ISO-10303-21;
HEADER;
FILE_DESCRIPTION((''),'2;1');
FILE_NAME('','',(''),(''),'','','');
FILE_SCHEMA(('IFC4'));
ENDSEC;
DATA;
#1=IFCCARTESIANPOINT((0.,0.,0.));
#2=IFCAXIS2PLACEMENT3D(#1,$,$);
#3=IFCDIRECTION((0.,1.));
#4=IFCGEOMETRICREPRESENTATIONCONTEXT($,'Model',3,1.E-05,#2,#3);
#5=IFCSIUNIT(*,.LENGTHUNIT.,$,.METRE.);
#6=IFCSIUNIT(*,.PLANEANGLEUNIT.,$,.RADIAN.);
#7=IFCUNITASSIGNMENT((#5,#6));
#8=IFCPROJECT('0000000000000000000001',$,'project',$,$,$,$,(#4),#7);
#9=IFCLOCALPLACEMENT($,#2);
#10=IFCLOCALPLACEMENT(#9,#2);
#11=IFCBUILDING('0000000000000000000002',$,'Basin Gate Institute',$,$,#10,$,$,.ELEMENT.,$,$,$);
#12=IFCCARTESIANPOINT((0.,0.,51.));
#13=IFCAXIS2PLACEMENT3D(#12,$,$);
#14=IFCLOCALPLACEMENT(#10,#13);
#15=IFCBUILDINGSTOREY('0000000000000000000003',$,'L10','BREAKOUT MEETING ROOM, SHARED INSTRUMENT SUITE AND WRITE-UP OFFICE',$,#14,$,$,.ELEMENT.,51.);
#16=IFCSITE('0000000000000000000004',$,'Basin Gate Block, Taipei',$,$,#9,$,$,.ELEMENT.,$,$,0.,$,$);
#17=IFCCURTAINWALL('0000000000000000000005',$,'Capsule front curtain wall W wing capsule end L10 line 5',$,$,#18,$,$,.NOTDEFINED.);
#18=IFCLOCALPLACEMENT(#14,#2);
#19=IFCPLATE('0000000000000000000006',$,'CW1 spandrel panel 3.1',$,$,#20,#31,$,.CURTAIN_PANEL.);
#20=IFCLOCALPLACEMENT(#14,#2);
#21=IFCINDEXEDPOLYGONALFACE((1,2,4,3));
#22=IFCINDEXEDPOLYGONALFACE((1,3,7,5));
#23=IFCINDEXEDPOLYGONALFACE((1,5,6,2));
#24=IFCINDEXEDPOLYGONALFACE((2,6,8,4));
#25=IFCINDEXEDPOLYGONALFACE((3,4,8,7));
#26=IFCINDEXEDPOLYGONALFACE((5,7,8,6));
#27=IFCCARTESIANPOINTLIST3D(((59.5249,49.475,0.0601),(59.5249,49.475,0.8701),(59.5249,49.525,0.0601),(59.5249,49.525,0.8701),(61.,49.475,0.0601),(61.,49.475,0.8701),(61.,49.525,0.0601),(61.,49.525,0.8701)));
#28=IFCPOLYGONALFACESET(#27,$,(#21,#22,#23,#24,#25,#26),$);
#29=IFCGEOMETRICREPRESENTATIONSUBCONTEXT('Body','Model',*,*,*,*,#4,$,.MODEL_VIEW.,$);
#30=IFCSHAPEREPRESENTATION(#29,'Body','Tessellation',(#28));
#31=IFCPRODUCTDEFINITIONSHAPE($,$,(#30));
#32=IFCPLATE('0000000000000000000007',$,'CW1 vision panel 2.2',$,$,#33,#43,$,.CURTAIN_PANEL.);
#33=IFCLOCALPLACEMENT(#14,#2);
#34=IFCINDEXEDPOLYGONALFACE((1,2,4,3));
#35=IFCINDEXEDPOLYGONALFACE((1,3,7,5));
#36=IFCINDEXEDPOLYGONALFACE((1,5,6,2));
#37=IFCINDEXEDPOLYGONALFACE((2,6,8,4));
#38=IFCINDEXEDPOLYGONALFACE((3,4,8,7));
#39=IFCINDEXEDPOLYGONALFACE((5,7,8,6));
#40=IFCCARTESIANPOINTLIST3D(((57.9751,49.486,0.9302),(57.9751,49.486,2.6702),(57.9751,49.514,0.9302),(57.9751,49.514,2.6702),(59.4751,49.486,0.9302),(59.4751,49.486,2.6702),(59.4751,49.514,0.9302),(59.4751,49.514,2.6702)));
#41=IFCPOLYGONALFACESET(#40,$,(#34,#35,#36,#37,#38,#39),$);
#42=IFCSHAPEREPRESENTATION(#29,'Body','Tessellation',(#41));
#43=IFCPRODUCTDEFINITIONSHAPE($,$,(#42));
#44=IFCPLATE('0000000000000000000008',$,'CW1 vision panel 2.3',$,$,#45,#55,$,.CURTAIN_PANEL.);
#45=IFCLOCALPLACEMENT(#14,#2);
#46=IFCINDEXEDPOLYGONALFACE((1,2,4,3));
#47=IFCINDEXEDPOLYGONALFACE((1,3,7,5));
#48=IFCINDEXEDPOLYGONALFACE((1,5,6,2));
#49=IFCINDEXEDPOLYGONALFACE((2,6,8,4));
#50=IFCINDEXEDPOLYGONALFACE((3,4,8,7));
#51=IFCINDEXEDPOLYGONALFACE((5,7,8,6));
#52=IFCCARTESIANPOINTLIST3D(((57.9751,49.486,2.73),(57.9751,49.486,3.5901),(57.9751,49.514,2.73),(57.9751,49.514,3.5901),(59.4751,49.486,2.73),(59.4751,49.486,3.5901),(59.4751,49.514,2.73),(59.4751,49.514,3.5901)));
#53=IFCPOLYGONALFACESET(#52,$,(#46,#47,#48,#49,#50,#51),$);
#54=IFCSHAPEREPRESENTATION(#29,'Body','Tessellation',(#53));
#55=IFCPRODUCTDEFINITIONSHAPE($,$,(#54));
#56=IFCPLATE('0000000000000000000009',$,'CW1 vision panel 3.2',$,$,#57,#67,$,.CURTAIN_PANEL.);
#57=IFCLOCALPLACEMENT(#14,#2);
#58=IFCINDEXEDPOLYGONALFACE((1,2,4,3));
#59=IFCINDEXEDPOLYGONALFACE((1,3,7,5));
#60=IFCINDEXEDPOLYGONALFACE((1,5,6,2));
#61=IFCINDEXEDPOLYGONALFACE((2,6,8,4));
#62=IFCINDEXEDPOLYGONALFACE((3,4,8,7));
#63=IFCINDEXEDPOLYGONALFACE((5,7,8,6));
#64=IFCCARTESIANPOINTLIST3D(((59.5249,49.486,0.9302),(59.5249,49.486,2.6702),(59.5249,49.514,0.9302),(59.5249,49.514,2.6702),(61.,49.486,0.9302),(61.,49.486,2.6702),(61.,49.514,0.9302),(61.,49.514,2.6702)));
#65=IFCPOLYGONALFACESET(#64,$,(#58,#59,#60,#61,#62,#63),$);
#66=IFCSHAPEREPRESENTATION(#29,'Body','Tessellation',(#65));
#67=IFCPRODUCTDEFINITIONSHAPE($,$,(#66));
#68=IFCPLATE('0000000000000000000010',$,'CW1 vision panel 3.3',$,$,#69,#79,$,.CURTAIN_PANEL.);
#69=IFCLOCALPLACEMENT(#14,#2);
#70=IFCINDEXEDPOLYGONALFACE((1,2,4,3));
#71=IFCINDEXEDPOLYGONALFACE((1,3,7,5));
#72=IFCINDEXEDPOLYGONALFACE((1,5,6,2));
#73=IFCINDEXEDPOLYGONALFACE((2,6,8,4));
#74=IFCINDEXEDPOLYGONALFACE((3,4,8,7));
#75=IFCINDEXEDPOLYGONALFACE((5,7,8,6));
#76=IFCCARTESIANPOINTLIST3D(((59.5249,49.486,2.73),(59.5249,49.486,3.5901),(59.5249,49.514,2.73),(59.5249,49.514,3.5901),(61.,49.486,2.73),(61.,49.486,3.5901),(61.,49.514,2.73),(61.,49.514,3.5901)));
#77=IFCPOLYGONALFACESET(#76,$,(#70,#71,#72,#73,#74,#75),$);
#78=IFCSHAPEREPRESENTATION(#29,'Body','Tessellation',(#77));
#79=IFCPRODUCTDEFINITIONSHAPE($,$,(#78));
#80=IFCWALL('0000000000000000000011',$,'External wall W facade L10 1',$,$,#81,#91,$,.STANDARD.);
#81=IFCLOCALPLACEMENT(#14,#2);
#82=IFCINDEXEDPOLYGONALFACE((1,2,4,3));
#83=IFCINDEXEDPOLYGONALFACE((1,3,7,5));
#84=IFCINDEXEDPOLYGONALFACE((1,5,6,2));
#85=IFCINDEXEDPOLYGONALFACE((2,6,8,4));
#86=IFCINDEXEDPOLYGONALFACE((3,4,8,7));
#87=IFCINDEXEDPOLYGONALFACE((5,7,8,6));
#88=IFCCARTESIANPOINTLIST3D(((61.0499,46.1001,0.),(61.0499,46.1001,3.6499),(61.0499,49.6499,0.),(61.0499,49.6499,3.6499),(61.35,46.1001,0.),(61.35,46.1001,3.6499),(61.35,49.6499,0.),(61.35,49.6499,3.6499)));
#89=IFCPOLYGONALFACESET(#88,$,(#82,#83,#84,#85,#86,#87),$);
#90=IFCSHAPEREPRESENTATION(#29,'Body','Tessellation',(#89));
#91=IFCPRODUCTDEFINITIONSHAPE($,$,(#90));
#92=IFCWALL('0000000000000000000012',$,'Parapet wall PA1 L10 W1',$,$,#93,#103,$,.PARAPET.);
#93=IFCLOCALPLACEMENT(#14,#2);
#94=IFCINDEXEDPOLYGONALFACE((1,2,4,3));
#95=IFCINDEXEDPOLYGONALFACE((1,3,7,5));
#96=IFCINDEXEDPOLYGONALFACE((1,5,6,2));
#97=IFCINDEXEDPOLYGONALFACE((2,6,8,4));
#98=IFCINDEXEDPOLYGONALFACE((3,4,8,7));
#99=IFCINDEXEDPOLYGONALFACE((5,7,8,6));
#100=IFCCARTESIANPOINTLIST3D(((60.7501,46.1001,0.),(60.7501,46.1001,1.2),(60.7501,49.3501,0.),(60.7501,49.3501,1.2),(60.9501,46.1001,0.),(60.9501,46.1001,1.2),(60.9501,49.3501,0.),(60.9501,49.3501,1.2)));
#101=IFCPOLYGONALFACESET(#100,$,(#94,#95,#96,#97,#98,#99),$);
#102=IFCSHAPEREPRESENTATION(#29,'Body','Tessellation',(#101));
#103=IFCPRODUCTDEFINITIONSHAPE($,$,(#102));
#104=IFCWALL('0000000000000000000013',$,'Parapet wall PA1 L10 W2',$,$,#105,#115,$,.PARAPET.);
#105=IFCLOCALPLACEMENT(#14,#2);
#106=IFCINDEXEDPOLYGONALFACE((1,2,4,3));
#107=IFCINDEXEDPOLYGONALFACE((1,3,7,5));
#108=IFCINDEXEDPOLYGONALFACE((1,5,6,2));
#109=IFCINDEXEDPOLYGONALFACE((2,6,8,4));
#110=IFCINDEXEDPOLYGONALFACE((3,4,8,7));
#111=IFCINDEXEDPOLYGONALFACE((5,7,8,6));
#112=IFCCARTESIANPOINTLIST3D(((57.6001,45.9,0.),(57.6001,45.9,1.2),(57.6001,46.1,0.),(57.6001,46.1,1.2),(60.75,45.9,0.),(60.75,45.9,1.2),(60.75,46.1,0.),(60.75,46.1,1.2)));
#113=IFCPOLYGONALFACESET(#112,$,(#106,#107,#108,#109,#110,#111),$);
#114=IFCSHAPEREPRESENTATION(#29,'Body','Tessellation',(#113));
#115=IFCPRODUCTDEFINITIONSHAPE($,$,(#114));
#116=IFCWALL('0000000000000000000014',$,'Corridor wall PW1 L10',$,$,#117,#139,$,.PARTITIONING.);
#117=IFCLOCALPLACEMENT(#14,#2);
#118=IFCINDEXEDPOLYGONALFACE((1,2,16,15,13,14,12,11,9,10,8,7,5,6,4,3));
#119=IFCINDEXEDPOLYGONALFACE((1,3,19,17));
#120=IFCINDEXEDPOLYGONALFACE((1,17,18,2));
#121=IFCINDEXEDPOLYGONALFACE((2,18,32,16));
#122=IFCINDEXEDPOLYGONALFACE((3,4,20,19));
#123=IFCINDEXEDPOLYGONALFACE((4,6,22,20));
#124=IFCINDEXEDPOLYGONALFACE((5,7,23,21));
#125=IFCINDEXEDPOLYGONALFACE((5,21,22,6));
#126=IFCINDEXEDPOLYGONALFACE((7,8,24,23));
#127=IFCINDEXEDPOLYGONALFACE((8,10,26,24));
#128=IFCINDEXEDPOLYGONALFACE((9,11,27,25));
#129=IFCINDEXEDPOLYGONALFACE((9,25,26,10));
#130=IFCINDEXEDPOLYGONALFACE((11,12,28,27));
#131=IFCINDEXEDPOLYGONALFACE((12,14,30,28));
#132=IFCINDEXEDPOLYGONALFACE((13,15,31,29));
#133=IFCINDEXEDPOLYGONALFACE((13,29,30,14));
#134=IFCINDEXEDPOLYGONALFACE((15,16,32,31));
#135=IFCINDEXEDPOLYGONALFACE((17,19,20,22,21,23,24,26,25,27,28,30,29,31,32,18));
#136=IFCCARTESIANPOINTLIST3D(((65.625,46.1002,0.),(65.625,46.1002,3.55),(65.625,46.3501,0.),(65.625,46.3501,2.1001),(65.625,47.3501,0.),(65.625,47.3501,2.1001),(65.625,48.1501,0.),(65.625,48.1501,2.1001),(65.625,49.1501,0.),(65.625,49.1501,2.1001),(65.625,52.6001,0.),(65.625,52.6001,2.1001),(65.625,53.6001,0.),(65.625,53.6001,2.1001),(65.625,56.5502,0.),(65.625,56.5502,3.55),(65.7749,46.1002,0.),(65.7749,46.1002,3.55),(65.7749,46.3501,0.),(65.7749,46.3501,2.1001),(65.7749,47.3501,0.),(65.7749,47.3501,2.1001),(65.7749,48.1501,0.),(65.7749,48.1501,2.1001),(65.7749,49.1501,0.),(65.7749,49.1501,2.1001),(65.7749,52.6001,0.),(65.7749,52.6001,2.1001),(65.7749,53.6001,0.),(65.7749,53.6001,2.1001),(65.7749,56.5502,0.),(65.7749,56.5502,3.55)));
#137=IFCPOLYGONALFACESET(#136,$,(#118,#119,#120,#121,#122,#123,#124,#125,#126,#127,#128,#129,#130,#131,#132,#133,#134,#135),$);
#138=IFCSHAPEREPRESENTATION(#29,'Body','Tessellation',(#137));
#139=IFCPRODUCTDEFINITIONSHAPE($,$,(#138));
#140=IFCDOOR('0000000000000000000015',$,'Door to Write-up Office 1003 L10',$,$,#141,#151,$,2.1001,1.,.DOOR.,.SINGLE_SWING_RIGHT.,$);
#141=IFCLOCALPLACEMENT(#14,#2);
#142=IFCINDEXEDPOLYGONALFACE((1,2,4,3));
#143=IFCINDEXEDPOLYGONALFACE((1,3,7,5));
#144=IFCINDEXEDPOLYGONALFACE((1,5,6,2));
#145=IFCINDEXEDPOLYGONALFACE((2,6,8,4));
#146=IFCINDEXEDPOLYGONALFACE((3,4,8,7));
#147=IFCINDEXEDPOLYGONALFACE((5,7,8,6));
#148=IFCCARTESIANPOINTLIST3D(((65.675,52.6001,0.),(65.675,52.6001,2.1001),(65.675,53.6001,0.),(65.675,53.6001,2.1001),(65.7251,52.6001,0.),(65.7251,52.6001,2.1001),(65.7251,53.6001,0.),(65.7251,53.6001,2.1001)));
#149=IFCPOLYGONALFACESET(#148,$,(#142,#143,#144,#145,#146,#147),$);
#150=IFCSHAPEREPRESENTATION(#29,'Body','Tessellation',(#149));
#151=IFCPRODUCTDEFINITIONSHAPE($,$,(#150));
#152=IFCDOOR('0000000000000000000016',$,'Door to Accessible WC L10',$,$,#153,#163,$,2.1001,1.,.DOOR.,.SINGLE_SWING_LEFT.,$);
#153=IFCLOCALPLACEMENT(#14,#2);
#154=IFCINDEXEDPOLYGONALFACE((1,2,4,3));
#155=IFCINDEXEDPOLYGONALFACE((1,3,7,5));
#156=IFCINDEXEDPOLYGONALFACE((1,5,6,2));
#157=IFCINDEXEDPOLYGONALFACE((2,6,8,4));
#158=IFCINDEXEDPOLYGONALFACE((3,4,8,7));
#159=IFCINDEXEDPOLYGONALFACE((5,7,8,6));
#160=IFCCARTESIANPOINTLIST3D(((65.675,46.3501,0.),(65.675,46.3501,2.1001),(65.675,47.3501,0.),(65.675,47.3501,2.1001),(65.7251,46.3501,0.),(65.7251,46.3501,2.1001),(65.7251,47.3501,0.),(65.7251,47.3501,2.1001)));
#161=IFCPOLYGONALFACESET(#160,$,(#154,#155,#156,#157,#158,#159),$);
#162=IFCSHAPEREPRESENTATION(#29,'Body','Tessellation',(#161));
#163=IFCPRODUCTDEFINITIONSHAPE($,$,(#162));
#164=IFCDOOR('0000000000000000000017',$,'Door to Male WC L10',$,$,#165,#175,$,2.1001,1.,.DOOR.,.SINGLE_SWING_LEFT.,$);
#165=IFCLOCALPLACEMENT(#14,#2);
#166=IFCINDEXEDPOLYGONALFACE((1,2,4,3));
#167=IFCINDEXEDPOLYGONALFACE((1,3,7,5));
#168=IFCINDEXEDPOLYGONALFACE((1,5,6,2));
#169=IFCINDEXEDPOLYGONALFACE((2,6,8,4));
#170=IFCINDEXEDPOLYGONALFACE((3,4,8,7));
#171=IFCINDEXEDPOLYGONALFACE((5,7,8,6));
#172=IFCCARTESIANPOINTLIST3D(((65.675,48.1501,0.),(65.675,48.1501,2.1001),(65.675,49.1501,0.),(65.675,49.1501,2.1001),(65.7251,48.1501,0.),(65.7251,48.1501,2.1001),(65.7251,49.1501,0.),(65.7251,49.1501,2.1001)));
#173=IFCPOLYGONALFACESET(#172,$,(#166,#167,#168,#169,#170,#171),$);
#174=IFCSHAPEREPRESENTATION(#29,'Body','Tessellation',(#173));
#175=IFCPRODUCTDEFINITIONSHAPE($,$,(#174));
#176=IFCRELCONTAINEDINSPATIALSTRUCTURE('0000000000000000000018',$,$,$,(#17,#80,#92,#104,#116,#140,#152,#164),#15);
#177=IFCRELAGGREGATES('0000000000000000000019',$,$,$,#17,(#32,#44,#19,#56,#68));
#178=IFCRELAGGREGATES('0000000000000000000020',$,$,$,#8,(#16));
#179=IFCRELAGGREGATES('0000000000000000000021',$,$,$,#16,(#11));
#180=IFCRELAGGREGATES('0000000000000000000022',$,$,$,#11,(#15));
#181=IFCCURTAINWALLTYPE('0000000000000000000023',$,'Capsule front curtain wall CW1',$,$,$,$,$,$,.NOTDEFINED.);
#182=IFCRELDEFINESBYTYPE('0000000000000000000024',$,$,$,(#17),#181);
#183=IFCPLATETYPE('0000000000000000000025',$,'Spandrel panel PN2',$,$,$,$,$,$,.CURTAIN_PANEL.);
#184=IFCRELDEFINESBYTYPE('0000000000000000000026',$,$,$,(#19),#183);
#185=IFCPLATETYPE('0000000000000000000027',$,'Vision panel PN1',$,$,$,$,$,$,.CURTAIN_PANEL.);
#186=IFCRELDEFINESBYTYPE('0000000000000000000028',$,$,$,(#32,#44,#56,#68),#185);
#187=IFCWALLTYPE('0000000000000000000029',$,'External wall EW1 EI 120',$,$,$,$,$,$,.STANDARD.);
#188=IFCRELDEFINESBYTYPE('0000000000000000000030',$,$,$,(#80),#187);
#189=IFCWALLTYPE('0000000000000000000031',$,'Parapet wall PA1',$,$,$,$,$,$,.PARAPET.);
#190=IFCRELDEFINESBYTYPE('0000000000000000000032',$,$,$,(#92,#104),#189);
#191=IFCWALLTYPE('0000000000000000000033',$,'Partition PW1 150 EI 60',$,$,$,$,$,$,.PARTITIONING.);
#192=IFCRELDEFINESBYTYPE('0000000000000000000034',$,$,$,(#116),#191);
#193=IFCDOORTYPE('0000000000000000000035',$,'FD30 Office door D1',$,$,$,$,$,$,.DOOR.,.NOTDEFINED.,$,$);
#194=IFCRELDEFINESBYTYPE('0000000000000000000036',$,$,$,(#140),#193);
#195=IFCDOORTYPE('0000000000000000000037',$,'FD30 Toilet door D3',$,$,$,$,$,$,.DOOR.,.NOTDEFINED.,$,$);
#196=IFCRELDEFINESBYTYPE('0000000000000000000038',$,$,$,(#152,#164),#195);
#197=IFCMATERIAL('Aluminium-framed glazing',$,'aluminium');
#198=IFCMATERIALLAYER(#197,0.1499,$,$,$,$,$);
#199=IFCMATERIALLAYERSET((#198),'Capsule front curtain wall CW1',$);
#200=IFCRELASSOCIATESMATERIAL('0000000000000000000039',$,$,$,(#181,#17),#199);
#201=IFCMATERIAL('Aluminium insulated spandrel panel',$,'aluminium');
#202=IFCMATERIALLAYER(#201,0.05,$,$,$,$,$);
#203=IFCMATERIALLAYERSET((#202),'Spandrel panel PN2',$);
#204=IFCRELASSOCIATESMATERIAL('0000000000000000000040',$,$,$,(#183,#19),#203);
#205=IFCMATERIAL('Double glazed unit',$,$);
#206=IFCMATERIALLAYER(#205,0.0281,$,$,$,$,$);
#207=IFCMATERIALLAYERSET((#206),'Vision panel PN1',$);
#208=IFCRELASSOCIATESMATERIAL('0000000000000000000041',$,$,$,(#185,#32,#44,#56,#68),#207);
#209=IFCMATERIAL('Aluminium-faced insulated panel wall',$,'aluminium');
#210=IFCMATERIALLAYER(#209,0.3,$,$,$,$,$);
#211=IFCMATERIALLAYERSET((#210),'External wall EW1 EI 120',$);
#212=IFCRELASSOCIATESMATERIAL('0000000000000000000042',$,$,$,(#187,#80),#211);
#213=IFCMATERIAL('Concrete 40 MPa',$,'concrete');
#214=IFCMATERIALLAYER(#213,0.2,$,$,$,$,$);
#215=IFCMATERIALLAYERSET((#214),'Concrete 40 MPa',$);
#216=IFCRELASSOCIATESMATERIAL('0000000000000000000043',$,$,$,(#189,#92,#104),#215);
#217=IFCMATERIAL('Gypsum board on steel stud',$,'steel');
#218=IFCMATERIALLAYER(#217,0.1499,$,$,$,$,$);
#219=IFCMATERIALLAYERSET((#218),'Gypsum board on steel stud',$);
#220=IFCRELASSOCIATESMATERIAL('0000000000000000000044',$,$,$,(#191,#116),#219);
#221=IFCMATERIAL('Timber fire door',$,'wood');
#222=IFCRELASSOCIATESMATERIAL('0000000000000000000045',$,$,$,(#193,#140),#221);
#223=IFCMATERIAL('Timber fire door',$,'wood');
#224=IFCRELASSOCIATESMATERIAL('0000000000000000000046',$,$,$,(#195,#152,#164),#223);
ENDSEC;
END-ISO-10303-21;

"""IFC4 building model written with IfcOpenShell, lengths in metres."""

from ifc_helpers import new_model, si_unit, direction, frame, frame_2d, origin, origin_2d, place, context, subcontext, project, spatial, rectangle, extrude, material, layer, layer_set, type_object, element, fill, aggregate, save


model = new_model("IFC4")

# Units and contexts
model_context = context("Model", 3, precision=1e-05, world=origin(), true_north=direction((0.0, 1.0)))
body_context = subcontext(model_context, "Body", "Model", "MODEL_VIEW")
ifc_project = project(units=[si_unit("LENGTHUNIT", "METRE"), si_unit("PLANEANGLEUNIT", "RADIAN")], contexts=[model_context])

# Site, building, storey
site_placement = place(None, origin())
site = spatial("IfcSite", under=ifc_project, at=site_placement, Name="Basin Gate Block, Taipei", CompositionType="ELEMENT", RefElevation=0.0)
building_placement = place(site_placement, origin())
building = spatial("IfcBuilding", under=site, at=building_placement, Name="Basin Gate Institute", CompositionType="ELEMENT")
storey_placement = place(building_placement, frame((0.0, 0.0, 51.0)))
storey = spatial("IfcBuildingStorey", under=building, at=storey_placement, Name="L10", Description="BREAKOUT MEETING ROOM, SHARED INSTRUMENT SUITE AND WRITE-UP OFFICE", CompositionType="ELEMENT", Elevation=51.0)

# Curtain wall, plates
ifc_material_1 = material(Name="Aluminium-framed glazing", Category="aluminium")
ifc_layer_1 = layer(ifc_material_1, 0.1499)
ifc_layer_set_1 = layer_set([ifc_layer_1], Name="Capsule front curtain wall CW1")
curtain_wall_type = type_object("IfcCurtainWallType", Name="Capsule front curtain wall CW1", PredefinedType="NOTDEFINED", material=ifc_layer_set_1)
curtain_wall_placement = place(storey_placement, origin())
curtain_wall = element("IfcCurtainWall", 1, at=curtain_wall_placement, inside=storey, type_object=curtain_wall_type, material=ifc_layer_set_1, Name="Capsule front curtain wall W wing capsule end L10 line 5", PredefinedType="NOTDEFINED")
ifc_material_2 = material(Name="Aluminium insulated spandrel panel", Category="aluminium")
ifc_layer_2 = layer(ifc_material_2, 0.05)
ifc_layer_set_2 = layer_set([ifc_layer_2], Name="Spandrel panel PN2")
plate_type_1 = type_object("IfcPlateType", Name="Spandrel panel PN2", PredefinedType="CURTAIN_PANEL", material=ifc_layer_set_2)
plate_1_placement = place(storey_placement, frame((60.2625, 49.5, 0.0601), z_axis=(0.0, 0.0, 1.0), x_axis=(1.0, 0.0, 0.0)))
plate_1 = element("IfcPlate", 2, at=plate_1_placement, type_object=plate_type_1, material=ifc_layer_set_2, Name="CW1 spandrel panel 3.1", PredefinedType="CURTAIN_PANEL", context=body_context, shape_type="SweptSolid", body=[
    extrude(rectangle(XDim=1.4751, YDim=0.05, at=origin_2d()), origin(), (0.0, 0.0, 1.0), 0.8101),
])
ifc_material_3 = material(Name="Double glazed unit")
ifc_layer_3 = layer(ifc_material_3, 0.0281)
ifc_layer_set_3 = layer_set([ifc_layer_3], Name="Vision panel PN1")
plate_type_2 = type_object("IfcPlateType", Name="Vision panel PN1", PredefinedType="CURTAIN_PANEL", material=ifc_layer_set_3)
plate_2_placement = place(storey_placement, frame((58.7251, 49.5, 0.9302), z_axis=(0.0, 0.0, 1.0), x_axis=(1.0, 0.0, 0.0)))
plate_2 = element("IfcPlate", 3, at=plate_2_placement, type_object=plate_type_2, material=ifc_layer_set_3, Name="CW1 vision panel 2.2", PredefinedType="CURTAIN_PANEL", context=body_context, shape_type="SweptSolid", body=[
    extrude(rectangle(XDim=1.5, YDim=0.0281, at=origin_2d()), origin(), (0.0, 0.0, 1.0), 1.74),
])
plate_3_placement = place(storey_placement, frame((58.7251, 49.5, 2.73), z_axis=(0.0, 0.0, 1.0), x_axis=(1.0, 0.0, 0.0)))
plate_3 = element("IfcPlate", 4, at=plate_3_placement, type_object=plate_type_2, material=ifc_layer_set_3, Name="CW1 vision panel 2.3", PredefinedType="CURTAIN_PANEL", context=body_context, shape_type="SweptSolid", body=[
    extrude(rectangle(XDim=1.5, YDim=0.0281, at=origin_2d()), origin(), (0.0, 0.0, 1.0), 0.8601),
])
plate_4_placement = place(storey_placement, frame((60.2625, 49.5, 0.9302), z_axis=(0.0, 0.0, 1.0), x_axis=(1.0, 0.0, 0.0)))
plate_4 = element("IfcPlate", 5, at=plate_4_placement, type_object=plate_type_2, material=ifc_layer_set_3, Name="CW1 vision panel 3.2", PredefinedType="CURTAIN_PANEL", context=body_context, shape_type="SweptSolid", body=[
    extrude(rectangle(XDim=1.4751, YDim=0.0281, at=origin_2d()), origin(), (0.0, 0.0, 1.0), 1.74),
])
plate_5_placement = place(storey_placement, frame((60.2625, 49.5, 2.73), z_axis=(0.0, 0.0, 1.0), x_axis=(1.0, 0.0, 0.0)))
plate_5 = element("IfcPlate", 6, at=plate_5_placement, type_object=plate_type_2, material=ifc_layer_set_3, Name="CW1 vision panel 3.3", PredefinedType="CURTAIN_PANEL", context=body_context, shape_type="SweptSolid", body=[
    extrude(rectangle(XDim=1.4751, YDim=0.0281, at=origin_2d()), origin(), (0.0, 0.0, 1.0), 0.8601),
])
aggregate(curtain_wall, [plate_2, plate_3, plate_1, plate_4, plate_5])

# Walls
ifc_material_4 = material(Name="Aluminium-faced insulated panel wall", Category="aluminium")
ifc_layer_4 = layer(ifc_material_4, 0.3)
ifc_layer_set_4 = layer_set([ifc_layer_4], Name="External wall EW1 EI 120")
wall_type_1 = type_object("IfcWallType", Name="External wall EW1 EI 120", PredefinedType="STANDARD", material=ifc_layer_set_4)
wall_1_placement = place(storey_placement, frame((61.2, 46.1001, 0.0), z_axis=(0.0, 0.0, 1.0), x_axis=(0.0, 1.0, 0.0)))
element("IfcWall", 7, at=wall_1_placement, inside=storey, type_object=wall_type_1, material=ifc_layer_set_4, Name="External wall W facade L10 1", PredefinedType="STANDARD", context=body_context, shape_type="SweptSolid", body=[
    extrude(rectangle(XDim=3.5498, YDim=0.3, at=frame_2d((1.7749, 0.0))), origin(), (0.0, 0.0, 1.0), 3.6499),
])
ifc_material_5 = material(Name="Concrete 40 MPa", Category="concrete")
ifc_layer_5 = layer(ifc_material_5, 0.2)
ifc_layer_set_5 = layer_set([ifc_layer_5], Name="Concrete 40 MPa")
wall_type_2 = type_object("IfcWallType", Name="Parapet wall PA1", PredefinedType="PARAPET", material=ifc_layer_set_5)
wall_2_placement = place(storey_placement, frame((60.8501, 49.3501, 0.0), z_axis=(0.0, 0.0, 1.0), x_axis=(0.0, -1.0, 0.0)))
element("IfcWall", 8, at=wall_2_placement, inside=storey, type_object=wall_type_2, material=ifc_layer_set_5, Name="Parapet wall PA1 L10 W1", PredefinedType="PARAPET", context=body_context, shape_type="SweptSolid", body=[
    extrude(rectangle(XDim=3.25, YDim=0.2, at=frame_2d((1.625, 0.0))), origin(), (0.0, 0.0, 1.0), 1.2),
])
wall_3_placement = place(storey_placement, frame((60.75, 46.0, 0.0), z_axis=(0.0, 0.0, 1.0), x_axis=(-1.0, 0.0, 0.0)))
element("IfcWall", 9, at=wall_3_placement, inside=storey, type_object=wall_type_2, material=ifc_layer_set_5, Name="Parapet wall PA1 L10 W2", PredefinedType="PARAPET", context=body_context, shape_type="SweptSolid", body=[
    extrude(rectangle(XDim=3.1499, YDim=0.2, at=frame_2d((1.575, 0.0))), origin(), (0.0, 0.0, 1.0), 1.2),
])

# Wall, openings, doors
ifc_material_6 = material(Name="Gypsum board on steel stud", Category="steel")
ifc_layer_6 = layer(ifc_material_6, 0.1499)
ifc_layer_set_6 = layer_set([ifc_layer_6], Name="Gypsum board on steel stud")
wall_type_3 = type_object("IfcWallType", Name="Partition PW1 150 EI 60", PredefinedType="PARTITIONING", material=ifc_layer_set_6)
wall_4_placement = place(storey_placement, frame((65.7, 46.1001, 0.0), z_axis=(0.0, 0.0, 1.0), x_axis=(0.0, 1.0, 0.0)))
wall_4 = element("IfcWall", 10, at=wall_4_placement, inside=storey, type_object=wall_type_3, material=ifc_layer_set_6, Name="Corridor wall PW1 L10", PredefinedType="PARTITIONING", context=body_context, shape_type="SweptSolid", body=[
    extrude(rectangle(XDim=10.45, YDim=0.1499, at=frame_2d((5.2251, 0.0))), origin(), (0.0, 0.0, 1.0), 3.55),
])
opening_1_placement = place(wall_4_placement, frame((0.25, 0.0, 0.0)))
opening_1 = element("IfcOpeningElement", 11, at=opening_1_placement, cuts=wall_4, PredefinedType="OPENING", context=body_context, shape_type="SweptSolid", body=[
    extrude(rectangle(XDim=1.0, YDim=2.1001, at=frame_2d((0.5, 1.05))), frame((0.0, 0.085, 0.0), z_axis=(0.0, -1.0, 0.0), x_axis=(1.0, 0.0, 0.0)), (0.0, 0.0, 1.0), 0.1699),
])
opening_2_placement = place(wall_4_placement, frame((2.05, 0.0, 0.0)))
opening_2 = element("IfcOpeningElement", 12, at=opening_2_placement, cuts=wall_4, PredefinedType="OPENING", context=body_context, shape_type="SweptSolid", body=[
    extrude(rectangle(XDim=1.0, YDim=2.1001, at=frame_2d((0.5, 1.05))), frame((0.0, 0.085, 0.0), z_axis=(0.0, -1.0, 0.0), x_axis=(1.0, 0.0, 0.0)), (0.0, 0.0, 1.0), 0.1699),
])
opening_3_placement = place(wall_4_placement, frame((6.5, 0.0, 0.0)))
opening_3 = element("IfcOpeningElement", 13, at=opening_3_placement, cuts=wall_4, PredefinedType="OPENING", context=body_context, shape_type="SweptSolid", body=[
    extrude(rectangle(XDim=1.0, YDim=2.1001, at=frame_2d((0.5, 1.05))), frame((0.0, 0.085, 0.0), z_axis=(0.0, -1.0, 0.0), x_axis=(1.0, 0.0, 0.0)), (0.0, 0.0, 1.0), 0.1699),
])
ifc_material_7 = material(Name="Timber fire door", Category="wood")
door_type_1 = type_object("IfcDoorType", Name="FD30 Office door D1", OperationType="NOTDEFINED", PredefinedType="DOOR", material=ifc_material_7)
door_1_placement = place(opening_3_placement, origin())
door_1 = element("IfcDoor", 14, at=door_1_placement, inside=storey, type_object=door_type_1, material=ifc_material_7, Name="Door to Write-up Office 1003 L10", OperationType="SINGLE_SWING_RIGHT", OverallHeight=2.1001, OverallWidth=1.0, PredefinedType="DOOR", context=body_context, shape_type="SweptSolid", body=[
    extrude(rectangle(XDim=1.0, YDim=2.1001, at=frame_2d((0.5, 1.05))), frame((0.0, 0.0249, 0.0), z_axis=(0.0, -1.0, 0.0), x_axis=(1.0, 0.0, 0.0)), (0.0, 0.0, 1.0), 0.05),
])
fill(opening_3, door_1)
ifc_material_8 = material(Name="Timber fire door", Category="wood")
door_type_2 = type_object("IfcDoorType", Name="FD30 Toilet door D3", OperationType="NOTDEFINED", PredefinedType="DOOR", material=ifc_material_8)
door_2_placement = place(opening_1_placement, origin())
door_2 = element("IfcDoor", 15, at=door_2_placement, inside=storey, type_object=door_type_2, material=ifc_material_8, Name="Door to Accessible WC L10", OperationType="SINGLE_SWING_LEFT", OverallHeight=2.1001, OverallWidth=1.0, PredefinedType="DOOR", context=body_context, shape_type="SweptSolid", body=[
    extrude(rectangle(XDim=1.0, YDim=2.1001, at=frame_2d((0.5, 1.05))), frame((0.0, 0.0249, 0.0), z_axis=(0.0, -1.0, 0.0), x_axis=(1.0, 0.0, 0.0)), (0.0, 0.0, 1.0), 0.05),
])
fill(opening_1, door_2)
door_3_placement = place(opening_2_placement, origin())
door_3 = element("IfcDoor", 16, at=door_3_placement, inside=storey, type_object=door_type_2, material=ifc_material_8, Name="Door to Male WC L10", OperationType="SINGLE_SWING_LEFT", OverallHeight=2.1001, OverallWidth=1.0, PredefinedType="DOOR", context=body_context, shape_type="SweptSolid", body=[
    extrude(rectangle(XDim=1.0, YDim=2.1001, at=frame_2d((0.5, 1.05))), frame((0.0, 0.0249, 0.0), z_axis=(0.0, -1.0, 0.0), x_axis=(1.0, 0.0, 0.0)), (0.0, 0.0, 1.0), 0.05),
])
fill(opening_2, door_3)

save(model, "model.ifc")
